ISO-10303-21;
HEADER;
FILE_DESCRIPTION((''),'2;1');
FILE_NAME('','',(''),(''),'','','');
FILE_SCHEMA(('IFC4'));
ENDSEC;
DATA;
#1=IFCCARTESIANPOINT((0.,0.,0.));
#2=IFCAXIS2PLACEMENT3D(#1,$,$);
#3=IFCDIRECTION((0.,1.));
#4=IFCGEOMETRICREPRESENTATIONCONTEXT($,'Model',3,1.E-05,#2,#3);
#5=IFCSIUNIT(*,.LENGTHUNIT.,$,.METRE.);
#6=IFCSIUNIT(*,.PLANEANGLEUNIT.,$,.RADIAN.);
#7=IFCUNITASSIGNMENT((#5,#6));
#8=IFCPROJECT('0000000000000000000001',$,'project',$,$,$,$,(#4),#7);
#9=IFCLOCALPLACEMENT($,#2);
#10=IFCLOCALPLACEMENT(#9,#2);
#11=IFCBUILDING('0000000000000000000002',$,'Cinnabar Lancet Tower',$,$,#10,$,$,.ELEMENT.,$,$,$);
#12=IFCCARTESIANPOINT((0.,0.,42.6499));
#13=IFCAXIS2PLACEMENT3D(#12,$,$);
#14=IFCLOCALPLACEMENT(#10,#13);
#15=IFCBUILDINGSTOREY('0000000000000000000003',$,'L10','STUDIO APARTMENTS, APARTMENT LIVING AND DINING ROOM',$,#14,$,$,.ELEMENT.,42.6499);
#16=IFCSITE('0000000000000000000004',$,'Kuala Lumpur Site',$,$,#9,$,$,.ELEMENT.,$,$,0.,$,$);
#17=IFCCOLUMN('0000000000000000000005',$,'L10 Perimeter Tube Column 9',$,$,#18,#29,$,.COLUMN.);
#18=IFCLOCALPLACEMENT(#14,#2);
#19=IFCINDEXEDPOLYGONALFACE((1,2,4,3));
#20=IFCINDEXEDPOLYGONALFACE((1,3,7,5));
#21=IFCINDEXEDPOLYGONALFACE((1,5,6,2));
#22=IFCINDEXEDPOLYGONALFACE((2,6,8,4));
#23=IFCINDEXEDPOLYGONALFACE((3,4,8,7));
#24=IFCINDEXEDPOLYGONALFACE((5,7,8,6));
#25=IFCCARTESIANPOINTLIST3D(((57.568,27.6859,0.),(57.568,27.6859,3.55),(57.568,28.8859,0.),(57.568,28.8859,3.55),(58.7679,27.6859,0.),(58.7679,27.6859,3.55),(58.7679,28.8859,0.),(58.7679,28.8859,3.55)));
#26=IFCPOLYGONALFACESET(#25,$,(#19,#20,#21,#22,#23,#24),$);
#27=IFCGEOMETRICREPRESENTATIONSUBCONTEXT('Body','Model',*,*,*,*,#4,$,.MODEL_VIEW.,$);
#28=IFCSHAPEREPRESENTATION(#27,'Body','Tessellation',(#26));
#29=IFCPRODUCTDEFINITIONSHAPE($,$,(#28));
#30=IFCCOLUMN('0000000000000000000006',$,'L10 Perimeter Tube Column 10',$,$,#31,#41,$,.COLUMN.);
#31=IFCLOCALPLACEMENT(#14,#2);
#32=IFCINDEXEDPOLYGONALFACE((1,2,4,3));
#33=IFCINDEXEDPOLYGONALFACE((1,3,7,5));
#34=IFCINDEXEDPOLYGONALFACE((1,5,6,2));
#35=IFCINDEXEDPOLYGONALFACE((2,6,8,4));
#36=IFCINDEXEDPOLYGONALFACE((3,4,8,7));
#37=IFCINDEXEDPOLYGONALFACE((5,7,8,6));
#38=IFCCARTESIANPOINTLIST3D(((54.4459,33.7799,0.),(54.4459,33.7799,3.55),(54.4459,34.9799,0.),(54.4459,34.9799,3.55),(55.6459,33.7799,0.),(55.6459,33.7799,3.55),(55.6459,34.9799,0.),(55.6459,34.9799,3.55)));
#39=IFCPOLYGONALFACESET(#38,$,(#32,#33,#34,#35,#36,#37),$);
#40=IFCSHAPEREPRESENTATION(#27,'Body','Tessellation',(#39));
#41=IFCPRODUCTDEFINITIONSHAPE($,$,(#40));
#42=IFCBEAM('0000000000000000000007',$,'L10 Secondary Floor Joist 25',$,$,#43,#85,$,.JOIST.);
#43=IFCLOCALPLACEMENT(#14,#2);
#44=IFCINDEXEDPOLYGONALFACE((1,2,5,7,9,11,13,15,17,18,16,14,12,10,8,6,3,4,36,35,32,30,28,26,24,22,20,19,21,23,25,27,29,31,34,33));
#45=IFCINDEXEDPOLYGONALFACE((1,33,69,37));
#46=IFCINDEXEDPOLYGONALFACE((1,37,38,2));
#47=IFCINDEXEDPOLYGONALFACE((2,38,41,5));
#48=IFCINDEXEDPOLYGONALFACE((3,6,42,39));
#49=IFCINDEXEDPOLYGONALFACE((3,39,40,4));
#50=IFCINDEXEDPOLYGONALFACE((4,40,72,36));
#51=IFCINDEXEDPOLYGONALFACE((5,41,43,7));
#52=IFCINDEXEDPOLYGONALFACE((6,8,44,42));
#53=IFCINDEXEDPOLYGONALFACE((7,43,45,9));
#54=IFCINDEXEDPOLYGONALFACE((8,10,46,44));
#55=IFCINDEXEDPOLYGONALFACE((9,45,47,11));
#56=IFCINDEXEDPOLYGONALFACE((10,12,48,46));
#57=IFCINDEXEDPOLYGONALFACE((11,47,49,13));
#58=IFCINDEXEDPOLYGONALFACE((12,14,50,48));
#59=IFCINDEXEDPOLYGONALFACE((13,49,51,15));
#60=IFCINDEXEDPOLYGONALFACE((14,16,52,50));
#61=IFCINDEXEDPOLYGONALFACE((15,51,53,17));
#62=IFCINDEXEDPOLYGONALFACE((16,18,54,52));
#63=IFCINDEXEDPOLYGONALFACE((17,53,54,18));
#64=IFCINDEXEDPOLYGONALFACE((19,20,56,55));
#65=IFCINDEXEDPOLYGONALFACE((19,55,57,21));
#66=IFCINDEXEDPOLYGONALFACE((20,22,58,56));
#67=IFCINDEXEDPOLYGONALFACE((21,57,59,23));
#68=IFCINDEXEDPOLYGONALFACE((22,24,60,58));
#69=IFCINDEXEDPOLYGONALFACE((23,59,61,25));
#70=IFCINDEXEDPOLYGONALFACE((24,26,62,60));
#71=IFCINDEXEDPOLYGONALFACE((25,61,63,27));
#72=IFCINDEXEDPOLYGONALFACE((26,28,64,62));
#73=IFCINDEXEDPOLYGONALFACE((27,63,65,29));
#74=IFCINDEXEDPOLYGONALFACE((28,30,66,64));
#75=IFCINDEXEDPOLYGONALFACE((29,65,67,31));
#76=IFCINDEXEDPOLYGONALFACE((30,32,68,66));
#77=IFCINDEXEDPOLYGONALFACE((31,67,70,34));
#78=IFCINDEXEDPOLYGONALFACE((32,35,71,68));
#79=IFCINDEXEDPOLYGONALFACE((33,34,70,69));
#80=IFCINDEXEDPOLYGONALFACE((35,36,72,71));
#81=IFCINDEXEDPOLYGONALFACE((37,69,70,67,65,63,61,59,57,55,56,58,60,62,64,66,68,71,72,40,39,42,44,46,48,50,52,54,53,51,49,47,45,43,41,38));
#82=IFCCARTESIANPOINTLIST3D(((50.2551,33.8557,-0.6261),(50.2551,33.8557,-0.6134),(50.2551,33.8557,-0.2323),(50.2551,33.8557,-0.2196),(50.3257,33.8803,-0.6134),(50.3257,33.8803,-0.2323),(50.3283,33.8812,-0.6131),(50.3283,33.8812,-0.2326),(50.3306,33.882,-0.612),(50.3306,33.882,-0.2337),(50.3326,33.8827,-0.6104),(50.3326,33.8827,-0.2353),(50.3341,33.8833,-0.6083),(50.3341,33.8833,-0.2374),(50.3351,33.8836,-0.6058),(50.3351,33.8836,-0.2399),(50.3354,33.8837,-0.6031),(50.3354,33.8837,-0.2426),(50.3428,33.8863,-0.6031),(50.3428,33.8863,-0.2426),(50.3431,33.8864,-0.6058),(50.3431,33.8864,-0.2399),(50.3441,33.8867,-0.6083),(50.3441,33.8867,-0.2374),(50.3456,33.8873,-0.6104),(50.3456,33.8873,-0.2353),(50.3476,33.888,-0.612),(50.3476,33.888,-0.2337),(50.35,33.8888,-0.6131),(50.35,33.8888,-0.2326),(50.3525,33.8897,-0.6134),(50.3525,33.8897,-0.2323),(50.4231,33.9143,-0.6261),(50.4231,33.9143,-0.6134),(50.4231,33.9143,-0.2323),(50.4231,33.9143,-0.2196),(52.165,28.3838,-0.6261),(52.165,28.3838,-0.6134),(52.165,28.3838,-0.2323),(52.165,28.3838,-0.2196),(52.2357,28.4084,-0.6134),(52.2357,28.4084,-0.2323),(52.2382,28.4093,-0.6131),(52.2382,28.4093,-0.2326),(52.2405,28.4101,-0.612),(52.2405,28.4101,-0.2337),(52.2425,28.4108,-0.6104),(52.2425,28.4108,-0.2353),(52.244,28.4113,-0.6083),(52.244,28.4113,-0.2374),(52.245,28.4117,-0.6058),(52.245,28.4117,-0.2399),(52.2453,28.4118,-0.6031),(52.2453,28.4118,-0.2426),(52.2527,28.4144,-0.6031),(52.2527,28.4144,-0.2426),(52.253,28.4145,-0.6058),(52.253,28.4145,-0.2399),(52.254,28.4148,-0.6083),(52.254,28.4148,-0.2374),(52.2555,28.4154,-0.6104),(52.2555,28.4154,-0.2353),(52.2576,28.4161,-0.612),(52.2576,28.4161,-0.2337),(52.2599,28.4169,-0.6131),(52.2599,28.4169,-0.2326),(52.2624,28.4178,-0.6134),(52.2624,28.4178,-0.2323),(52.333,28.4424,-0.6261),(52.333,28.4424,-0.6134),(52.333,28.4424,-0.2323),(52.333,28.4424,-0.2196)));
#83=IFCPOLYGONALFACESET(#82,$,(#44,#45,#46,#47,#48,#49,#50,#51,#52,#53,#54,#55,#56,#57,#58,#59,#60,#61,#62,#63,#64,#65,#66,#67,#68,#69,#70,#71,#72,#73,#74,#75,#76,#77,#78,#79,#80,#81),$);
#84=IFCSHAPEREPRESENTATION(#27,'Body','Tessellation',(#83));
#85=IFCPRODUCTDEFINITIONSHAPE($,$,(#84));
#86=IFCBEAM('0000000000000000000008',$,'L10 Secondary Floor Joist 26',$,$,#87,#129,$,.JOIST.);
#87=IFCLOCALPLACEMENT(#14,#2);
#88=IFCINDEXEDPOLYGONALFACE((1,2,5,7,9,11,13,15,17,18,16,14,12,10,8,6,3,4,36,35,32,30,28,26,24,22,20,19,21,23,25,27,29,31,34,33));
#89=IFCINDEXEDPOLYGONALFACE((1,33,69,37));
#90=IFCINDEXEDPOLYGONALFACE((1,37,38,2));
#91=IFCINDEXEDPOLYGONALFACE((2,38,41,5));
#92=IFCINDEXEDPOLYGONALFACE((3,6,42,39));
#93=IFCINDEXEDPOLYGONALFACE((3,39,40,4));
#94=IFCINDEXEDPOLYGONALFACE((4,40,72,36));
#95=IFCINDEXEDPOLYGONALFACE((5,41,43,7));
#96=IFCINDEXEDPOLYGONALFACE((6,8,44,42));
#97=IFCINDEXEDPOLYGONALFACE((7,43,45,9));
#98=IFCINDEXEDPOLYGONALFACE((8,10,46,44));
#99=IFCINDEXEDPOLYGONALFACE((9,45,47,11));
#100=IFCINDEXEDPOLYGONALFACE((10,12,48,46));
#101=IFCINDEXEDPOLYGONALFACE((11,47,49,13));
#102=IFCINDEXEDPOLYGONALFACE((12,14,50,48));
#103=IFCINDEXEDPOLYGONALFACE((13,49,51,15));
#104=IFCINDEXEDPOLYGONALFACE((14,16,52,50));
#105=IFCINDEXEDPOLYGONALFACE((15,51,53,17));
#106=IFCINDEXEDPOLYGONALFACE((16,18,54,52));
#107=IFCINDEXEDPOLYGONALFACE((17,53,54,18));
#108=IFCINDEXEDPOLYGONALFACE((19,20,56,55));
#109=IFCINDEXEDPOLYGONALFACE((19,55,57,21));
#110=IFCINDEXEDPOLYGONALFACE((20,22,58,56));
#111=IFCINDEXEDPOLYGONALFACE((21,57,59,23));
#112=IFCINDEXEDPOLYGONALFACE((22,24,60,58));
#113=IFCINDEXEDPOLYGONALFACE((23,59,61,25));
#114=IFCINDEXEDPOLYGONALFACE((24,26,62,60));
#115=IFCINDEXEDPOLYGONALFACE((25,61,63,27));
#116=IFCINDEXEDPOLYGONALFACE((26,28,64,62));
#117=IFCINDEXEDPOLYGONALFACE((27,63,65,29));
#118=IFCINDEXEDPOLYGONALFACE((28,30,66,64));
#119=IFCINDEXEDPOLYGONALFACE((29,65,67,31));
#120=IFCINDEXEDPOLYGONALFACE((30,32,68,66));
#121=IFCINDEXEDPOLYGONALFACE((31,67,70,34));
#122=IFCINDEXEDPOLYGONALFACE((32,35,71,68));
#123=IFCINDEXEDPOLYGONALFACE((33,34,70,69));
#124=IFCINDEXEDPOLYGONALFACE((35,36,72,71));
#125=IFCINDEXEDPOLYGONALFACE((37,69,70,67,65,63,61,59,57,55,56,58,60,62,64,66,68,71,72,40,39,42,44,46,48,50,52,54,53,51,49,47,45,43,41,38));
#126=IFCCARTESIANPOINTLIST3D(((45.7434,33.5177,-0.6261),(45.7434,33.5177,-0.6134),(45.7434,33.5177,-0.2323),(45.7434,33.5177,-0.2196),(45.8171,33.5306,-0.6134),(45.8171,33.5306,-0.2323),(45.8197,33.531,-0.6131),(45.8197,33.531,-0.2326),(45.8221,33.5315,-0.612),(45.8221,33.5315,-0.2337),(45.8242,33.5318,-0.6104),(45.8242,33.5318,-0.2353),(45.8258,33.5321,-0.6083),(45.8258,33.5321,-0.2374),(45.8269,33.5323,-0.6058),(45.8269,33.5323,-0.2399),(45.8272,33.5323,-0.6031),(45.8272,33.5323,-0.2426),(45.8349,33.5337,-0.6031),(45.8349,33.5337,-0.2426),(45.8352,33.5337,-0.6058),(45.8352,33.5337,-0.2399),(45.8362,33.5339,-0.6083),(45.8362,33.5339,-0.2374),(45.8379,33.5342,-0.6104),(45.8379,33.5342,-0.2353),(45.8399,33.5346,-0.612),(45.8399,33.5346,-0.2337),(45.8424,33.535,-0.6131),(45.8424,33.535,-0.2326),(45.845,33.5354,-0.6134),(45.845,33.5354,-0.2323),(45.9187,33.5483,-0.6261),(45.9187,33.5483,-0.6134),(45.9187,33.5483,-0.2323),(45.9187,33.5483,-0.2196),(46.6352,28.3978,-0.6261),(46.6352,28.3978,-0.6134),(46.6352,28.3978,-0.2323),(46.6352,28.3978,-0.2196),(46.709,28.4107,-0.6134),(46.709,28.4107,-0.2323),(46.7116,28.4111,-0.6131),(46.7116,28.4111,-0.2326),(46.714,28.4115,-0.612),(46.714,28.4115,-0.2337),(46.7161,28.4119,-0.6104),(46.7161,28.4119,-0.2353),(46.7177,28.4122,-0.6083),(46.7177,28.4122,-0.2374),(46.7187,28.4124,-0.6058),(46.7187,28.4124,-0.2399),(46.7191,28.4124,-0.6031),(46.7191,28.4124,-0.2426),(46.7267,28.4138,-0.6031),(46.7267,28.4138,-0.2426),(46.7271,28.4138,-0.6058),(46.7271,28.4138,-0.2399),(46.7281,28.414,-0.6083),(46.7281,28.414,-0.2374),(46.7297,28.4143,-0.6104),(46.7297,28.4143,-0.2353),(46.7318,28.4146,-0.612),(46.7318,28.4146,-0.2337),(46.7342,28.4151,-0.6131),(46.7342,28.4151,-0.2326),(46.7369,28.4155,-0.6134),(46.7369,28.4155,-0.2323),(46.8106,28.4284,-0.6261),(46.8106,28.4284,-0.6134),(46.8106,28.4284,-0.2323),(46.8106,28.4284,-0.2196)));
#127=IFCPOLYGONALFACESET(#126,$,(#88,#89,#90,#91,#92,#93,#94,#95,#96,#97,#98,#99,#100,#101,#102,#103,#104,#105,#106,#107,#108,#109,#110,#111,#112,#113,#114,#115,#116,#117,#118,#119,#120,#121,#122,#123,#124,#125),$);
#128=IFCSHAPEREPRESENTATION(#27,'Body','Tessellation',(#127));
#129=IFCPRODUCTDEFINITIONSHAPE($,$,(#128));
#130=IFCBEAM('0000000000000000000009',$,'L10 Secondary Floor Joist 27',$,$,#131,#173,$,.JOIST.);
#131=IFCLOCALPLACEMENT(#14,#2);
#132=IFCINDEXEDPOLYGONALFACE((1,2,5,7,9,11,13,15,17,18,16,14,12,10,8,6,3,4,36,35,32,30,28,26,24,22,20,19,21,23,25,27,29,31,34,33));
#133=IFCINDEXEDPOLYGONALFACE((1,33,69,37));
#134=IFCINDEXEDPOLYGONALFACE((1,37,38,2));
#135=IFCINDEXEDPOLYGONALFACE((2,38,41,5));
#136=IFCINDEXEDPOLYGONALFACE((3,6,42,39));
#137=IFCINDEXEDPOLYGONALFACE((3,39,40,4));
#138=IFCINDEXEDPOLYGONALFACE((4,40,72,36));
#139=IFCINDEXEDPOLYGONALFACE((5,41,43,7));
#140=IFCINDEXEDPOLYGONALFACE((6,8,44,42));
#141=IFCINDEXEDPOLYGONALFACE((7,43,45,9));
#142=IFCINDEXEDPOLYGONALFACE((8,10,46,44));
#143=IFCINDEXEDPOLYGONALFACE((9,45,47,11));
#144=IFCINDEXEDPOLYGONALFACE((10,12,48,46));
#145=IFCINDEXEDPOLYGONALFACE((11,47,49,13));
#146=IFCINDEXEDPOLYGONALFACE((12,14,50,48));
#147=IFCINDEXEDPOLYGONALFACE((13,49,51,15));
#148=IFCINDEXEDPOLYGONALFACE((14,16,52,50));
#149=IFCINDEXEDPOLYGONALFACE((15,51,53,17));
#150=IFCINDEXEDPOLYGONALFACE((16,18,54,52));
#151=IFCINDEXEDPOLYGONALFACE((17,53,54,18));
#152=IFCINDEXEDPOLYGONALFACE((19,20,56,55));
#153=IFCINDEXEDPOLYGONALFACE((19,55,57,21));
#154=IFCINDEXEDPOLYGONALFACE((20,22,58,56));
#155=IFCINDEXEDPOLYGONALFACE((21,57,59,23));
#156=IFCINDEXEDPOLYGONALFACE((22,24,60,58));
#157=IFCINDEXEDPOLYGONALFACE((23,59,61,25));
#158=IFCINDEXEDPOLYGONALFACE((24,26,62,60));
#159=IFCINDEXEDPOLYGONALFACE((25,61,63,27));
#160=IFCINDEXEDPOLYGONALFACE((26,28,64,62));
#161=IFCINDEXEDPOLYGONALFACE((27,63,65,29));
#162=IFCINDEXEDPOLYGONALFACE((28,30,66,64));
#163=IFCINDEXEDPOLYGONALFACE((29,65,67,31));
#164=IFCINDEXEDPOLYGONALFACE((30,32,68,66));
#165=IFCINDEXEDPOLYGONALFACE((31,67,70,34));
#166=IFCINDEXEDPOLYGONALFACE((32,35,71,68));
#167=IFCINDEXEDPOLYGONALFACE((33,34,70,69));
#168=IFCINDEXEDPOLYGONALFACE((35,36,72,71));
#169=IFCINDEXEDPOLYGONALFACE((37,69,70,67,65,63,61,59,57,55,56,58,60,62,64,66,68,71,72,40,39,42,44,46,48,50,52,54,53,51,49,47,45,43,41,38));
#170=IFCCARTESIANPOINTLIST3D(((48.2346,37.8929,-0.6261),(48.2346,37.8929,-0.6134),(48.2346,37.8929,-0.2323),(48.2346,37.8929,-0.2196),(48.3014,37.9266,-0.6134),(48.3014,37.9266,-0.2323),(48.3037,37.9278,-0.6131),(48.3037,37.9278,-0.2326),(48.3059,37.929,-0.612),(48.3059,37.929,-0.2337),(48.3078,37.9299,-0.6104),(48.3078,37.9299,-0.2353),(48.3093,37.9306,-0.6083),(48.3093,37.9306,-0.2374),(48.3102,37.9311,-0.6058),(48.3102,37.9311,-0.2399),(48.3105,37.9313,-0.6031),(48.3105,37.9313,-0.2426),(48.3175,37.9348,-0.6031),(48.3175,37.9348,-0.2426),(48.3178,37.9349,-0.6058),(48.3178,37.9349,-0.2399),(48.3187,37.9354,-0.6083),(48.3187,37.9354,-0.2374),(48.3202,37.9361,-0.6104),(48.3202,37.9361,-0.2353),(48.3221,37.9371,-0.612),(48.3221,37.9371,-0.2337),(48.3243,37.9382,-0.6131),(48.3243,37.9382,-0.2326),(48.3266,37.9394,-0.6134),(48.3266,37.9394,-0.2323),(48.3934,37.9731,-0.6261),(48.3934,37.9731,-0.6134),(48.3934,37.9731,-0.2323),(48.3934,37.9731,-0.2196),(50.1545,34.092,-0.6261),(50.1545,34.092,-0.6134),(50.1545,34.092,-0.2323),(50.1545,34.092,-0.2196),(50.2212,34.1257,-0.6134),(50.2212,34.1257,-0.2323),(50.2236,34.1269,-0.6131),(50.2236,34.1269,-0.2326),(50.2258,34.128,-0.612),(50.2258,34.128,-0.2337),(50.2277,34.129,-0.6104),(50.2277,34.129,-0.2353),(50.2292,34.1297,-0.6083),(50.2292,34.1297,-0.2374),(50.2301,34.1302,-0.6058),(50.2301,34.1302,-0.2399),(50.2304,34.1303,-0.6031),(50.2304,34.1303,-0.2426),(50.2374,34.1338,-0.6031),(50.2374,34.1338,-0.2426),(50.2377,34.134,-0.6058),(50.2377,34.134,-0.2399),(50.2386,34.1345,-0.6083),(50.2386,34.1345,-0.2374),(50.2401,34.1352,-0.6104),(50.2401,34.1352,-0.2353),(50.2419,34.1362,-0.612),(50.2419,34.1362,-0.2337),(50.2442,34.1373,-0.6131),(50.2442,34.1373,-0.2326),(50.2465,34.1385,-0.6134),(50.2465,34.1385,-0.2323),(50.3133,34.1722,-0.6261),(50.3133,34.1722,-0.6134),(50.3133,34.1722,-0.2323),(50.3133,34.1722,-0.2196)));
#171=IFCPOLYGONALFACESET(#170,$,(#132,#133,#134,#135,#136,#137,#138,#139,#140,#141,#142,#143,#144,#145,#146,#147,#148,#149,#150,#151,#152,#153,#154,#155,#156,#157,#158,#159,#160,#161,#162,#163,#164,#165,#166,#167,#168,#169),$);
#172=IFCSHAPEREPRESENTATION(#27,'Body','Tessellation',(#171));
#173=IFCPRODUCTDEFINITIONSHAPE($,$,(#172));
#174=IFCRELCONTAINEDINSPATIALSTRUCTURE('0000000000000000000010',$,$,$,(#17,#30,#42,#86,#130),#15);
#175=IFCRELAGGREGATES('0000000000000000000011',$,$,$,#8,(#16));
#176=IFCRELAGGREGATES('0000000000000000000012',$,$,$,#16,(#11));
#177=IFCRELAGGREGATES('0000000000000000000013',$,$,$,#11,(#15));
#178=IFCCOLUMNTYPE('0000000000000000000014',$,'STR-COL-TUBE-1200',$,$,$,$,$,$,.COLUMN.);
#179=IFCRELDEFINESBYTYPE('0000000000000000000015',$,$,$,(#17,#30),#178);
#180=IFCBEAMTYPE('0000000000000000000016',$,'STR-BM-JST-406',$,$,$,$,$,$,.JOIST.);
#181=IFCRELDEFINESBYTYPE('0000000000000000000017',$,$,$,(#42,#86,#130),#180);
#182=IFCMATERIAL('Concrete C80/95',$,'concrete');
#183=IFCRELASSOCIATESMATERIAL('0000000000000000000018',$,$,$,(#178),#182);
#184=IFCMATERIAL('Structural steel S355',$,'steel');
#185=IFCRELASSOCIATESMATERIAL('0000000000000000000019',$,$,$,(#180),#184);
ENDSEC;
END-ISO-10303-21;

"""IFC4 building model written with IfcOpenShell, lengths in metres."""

from ifc_helpers import new_model, si_unit, direction, frame, origin, origin_2d, place, context, subcontext, project, spatial, rectangle, i_section, extrude, material, material_profile, profile_set, type_object, element, save


model = new_model("IFC4")

# Units and contexts
model_context = context("Model", 3, precision=1e-05, world=origin(), true_north=direction((0.0, 1.0)))
body_context = subcontext(model_context, "Body", "Model", "MODEL_VIEW")
ifc_project = project(units=[si_unit("LENGTHUNIT", "METRE"), si_unit("PLANEANGLEUNIT", "RADIAN")], contexts=[model_context])

# Site, building, storey
site_placement = place(None, origin())
site = spatial("IfcSite", under=ifc_project, at=site_placement, Name="Kuala Lumpur Site", CompositionType="ELEMENT", RefElevation=0.0)
building_placement = place(site_placement, origin())
building = spatial("IfcBuilding", under=site, at=building_placement, Name="Cinnabar Lancet Tower", CompositionType="ELEMENT")
storey_placement = place(building_placement, frame((0.0, 0.0, 42.6499)))
storey = spatial("IfcBuildingStorey", under=building, at=storey_placement, Name="L10", Description="STUDIO APARTMENTS, APARTMENT LIVING AND DINING ROOM", CompositionType="ELEMENT", Elevation=42.6499)

# Columns
ifc_material_1 = material(Name="Concrete C80/95", Category="concrete")
ifc_material_profile_1 = material_profile(ifc_material_1, rectangle(XDim=1.2, YDim=1.2, at=origin_2d()), Name="RC-COL 1200x1200")
ifc_profile_set_1 = profile_set([ifc_material_profile_1], Name="Concrete C80/95")
column_type = type_object("IfcColumnType", Name="STR-COL-TUBE-1200", PredefinedType="COLUMN", material=ifc_profile_set_1)
for number, where, z_axis, x_axis, name in (
    (1, (58.168, 28.2859, 0.0), (0.0, 0.0, 1.0), (1.0, 0.0, 0.0), "L10 Perimeter Tube Column 9"),
    (2, (55.0459, 34.3799, 0.0), (0.0, 0.0, 1.0), (1.0, 0.0, 0.0), "L10 Perimeter Tube Column 10"),
):
    element("IfcColumn", number, at=place(storey_placement, frame(where, z_axis=z_axis, x_axis=x_axis)), inside=storey, type_object=column_type, Name=name, PredefinedType="COLUMN", context=body_context, shape_type="SweptSolid", body=[
        extrude(rectangle(XDim=1.2, YDim=1.2, at=origin_2d()), origin(), (0.0, 0.0, 1.0), 3.55),
    ])

# Beams
ifc_material_2 = material(Name="Structural steel S355", Category="steel")
ifc_material_profile_2 = material_profile(ifc_material_2, i_section(OverallWidth=0.178, OverallDepth=0.4065, WebThickness=0.0078, FlangeThickness=0.0127, FilletRadius=0.0103, at=origin_2d()), Name="UKB 406x178x60")
ifc_profile_set_2 = profile_set([ifc_material_profile_2], Name="Structural steel S355")
beam_type_1 = type_object("IfcBeamType", Name="STR-BM-JST-406", PredefinedType="JOIST", material=ifc_profile_set_2)
beam_1_placement = place(storey_placement, frame((52.249, 28.4131, -0.4229), z_axis=(-0.329542, 0.944141, 0.0), x_axis=(-0.944141, -0.329542, 0.0)))
element("IfcBeam", 3, at=beam_1_placement, inside=storey, type_object=beam_type_1, Name="L10 Secondary Floor Joist 25", PredefinedType="JOIST", context=body_context, shape_type="SweptSolid", body=[
    extrude(i_section(OverallWidth=0.178, OverallDepth=0.4065, WebThickness=0.0078, FlangeThickness=0.0127, FilletRadius=0.0103, at=origin_2d()), origin(), (0.0, 0.0, 1.0), 5.7957),
])
beam_2_placement = place(storey_placement, frame((46.7229, 28.4131, -0.4229), z_axis=(-0.171609, 0.985165, 0.0), x_axis=(-0.985165, -0.171609, 0.0)))
element("IfcBeam", 4, at=beam_2_placement, inside=storey, type_object=beam_type_1, Name="L10 Secondary Floor Joist 26", PredefinedType="JOIST", context=body_context, shape_type="SweptSolid", body=[
    extrude(i_section(OverallWidth=0.178, OverallDepth=0.4065, WebThickness=0.0078, FlangeThickness=0.0127, FilletRadius=0.0103, at=origin_2d()), origin(), (0.0, 0.0, 1.0), 5.197),
])
beam_3_placement = place(storey_placement, frame((50.2339, 34.1321, -0.4229), z_axis=(-0.450856, 0.892597, 0.0), x_axis=(-0.892597, -0.450856, 0.0)))
element("IfcBeam", 5, at=beam_3_placement, inside=storey, type_object=beam_type_1, Name="L10 Secondary Floor Joist 27", PredefinedType="JOIST", context=body_context, shape_type="SweptSolid", body=[
    extrude(i_section(OverallWidth=0.178, OverallDepth=0.4065, WebThickness=0.0078, FlangeThickness=0.0127, FilletRadius=0.0103, at=origin_2d()), origin(), (0.0, 0.0, 1.0), 4.2583),
])

save(model, "model.ifc")
